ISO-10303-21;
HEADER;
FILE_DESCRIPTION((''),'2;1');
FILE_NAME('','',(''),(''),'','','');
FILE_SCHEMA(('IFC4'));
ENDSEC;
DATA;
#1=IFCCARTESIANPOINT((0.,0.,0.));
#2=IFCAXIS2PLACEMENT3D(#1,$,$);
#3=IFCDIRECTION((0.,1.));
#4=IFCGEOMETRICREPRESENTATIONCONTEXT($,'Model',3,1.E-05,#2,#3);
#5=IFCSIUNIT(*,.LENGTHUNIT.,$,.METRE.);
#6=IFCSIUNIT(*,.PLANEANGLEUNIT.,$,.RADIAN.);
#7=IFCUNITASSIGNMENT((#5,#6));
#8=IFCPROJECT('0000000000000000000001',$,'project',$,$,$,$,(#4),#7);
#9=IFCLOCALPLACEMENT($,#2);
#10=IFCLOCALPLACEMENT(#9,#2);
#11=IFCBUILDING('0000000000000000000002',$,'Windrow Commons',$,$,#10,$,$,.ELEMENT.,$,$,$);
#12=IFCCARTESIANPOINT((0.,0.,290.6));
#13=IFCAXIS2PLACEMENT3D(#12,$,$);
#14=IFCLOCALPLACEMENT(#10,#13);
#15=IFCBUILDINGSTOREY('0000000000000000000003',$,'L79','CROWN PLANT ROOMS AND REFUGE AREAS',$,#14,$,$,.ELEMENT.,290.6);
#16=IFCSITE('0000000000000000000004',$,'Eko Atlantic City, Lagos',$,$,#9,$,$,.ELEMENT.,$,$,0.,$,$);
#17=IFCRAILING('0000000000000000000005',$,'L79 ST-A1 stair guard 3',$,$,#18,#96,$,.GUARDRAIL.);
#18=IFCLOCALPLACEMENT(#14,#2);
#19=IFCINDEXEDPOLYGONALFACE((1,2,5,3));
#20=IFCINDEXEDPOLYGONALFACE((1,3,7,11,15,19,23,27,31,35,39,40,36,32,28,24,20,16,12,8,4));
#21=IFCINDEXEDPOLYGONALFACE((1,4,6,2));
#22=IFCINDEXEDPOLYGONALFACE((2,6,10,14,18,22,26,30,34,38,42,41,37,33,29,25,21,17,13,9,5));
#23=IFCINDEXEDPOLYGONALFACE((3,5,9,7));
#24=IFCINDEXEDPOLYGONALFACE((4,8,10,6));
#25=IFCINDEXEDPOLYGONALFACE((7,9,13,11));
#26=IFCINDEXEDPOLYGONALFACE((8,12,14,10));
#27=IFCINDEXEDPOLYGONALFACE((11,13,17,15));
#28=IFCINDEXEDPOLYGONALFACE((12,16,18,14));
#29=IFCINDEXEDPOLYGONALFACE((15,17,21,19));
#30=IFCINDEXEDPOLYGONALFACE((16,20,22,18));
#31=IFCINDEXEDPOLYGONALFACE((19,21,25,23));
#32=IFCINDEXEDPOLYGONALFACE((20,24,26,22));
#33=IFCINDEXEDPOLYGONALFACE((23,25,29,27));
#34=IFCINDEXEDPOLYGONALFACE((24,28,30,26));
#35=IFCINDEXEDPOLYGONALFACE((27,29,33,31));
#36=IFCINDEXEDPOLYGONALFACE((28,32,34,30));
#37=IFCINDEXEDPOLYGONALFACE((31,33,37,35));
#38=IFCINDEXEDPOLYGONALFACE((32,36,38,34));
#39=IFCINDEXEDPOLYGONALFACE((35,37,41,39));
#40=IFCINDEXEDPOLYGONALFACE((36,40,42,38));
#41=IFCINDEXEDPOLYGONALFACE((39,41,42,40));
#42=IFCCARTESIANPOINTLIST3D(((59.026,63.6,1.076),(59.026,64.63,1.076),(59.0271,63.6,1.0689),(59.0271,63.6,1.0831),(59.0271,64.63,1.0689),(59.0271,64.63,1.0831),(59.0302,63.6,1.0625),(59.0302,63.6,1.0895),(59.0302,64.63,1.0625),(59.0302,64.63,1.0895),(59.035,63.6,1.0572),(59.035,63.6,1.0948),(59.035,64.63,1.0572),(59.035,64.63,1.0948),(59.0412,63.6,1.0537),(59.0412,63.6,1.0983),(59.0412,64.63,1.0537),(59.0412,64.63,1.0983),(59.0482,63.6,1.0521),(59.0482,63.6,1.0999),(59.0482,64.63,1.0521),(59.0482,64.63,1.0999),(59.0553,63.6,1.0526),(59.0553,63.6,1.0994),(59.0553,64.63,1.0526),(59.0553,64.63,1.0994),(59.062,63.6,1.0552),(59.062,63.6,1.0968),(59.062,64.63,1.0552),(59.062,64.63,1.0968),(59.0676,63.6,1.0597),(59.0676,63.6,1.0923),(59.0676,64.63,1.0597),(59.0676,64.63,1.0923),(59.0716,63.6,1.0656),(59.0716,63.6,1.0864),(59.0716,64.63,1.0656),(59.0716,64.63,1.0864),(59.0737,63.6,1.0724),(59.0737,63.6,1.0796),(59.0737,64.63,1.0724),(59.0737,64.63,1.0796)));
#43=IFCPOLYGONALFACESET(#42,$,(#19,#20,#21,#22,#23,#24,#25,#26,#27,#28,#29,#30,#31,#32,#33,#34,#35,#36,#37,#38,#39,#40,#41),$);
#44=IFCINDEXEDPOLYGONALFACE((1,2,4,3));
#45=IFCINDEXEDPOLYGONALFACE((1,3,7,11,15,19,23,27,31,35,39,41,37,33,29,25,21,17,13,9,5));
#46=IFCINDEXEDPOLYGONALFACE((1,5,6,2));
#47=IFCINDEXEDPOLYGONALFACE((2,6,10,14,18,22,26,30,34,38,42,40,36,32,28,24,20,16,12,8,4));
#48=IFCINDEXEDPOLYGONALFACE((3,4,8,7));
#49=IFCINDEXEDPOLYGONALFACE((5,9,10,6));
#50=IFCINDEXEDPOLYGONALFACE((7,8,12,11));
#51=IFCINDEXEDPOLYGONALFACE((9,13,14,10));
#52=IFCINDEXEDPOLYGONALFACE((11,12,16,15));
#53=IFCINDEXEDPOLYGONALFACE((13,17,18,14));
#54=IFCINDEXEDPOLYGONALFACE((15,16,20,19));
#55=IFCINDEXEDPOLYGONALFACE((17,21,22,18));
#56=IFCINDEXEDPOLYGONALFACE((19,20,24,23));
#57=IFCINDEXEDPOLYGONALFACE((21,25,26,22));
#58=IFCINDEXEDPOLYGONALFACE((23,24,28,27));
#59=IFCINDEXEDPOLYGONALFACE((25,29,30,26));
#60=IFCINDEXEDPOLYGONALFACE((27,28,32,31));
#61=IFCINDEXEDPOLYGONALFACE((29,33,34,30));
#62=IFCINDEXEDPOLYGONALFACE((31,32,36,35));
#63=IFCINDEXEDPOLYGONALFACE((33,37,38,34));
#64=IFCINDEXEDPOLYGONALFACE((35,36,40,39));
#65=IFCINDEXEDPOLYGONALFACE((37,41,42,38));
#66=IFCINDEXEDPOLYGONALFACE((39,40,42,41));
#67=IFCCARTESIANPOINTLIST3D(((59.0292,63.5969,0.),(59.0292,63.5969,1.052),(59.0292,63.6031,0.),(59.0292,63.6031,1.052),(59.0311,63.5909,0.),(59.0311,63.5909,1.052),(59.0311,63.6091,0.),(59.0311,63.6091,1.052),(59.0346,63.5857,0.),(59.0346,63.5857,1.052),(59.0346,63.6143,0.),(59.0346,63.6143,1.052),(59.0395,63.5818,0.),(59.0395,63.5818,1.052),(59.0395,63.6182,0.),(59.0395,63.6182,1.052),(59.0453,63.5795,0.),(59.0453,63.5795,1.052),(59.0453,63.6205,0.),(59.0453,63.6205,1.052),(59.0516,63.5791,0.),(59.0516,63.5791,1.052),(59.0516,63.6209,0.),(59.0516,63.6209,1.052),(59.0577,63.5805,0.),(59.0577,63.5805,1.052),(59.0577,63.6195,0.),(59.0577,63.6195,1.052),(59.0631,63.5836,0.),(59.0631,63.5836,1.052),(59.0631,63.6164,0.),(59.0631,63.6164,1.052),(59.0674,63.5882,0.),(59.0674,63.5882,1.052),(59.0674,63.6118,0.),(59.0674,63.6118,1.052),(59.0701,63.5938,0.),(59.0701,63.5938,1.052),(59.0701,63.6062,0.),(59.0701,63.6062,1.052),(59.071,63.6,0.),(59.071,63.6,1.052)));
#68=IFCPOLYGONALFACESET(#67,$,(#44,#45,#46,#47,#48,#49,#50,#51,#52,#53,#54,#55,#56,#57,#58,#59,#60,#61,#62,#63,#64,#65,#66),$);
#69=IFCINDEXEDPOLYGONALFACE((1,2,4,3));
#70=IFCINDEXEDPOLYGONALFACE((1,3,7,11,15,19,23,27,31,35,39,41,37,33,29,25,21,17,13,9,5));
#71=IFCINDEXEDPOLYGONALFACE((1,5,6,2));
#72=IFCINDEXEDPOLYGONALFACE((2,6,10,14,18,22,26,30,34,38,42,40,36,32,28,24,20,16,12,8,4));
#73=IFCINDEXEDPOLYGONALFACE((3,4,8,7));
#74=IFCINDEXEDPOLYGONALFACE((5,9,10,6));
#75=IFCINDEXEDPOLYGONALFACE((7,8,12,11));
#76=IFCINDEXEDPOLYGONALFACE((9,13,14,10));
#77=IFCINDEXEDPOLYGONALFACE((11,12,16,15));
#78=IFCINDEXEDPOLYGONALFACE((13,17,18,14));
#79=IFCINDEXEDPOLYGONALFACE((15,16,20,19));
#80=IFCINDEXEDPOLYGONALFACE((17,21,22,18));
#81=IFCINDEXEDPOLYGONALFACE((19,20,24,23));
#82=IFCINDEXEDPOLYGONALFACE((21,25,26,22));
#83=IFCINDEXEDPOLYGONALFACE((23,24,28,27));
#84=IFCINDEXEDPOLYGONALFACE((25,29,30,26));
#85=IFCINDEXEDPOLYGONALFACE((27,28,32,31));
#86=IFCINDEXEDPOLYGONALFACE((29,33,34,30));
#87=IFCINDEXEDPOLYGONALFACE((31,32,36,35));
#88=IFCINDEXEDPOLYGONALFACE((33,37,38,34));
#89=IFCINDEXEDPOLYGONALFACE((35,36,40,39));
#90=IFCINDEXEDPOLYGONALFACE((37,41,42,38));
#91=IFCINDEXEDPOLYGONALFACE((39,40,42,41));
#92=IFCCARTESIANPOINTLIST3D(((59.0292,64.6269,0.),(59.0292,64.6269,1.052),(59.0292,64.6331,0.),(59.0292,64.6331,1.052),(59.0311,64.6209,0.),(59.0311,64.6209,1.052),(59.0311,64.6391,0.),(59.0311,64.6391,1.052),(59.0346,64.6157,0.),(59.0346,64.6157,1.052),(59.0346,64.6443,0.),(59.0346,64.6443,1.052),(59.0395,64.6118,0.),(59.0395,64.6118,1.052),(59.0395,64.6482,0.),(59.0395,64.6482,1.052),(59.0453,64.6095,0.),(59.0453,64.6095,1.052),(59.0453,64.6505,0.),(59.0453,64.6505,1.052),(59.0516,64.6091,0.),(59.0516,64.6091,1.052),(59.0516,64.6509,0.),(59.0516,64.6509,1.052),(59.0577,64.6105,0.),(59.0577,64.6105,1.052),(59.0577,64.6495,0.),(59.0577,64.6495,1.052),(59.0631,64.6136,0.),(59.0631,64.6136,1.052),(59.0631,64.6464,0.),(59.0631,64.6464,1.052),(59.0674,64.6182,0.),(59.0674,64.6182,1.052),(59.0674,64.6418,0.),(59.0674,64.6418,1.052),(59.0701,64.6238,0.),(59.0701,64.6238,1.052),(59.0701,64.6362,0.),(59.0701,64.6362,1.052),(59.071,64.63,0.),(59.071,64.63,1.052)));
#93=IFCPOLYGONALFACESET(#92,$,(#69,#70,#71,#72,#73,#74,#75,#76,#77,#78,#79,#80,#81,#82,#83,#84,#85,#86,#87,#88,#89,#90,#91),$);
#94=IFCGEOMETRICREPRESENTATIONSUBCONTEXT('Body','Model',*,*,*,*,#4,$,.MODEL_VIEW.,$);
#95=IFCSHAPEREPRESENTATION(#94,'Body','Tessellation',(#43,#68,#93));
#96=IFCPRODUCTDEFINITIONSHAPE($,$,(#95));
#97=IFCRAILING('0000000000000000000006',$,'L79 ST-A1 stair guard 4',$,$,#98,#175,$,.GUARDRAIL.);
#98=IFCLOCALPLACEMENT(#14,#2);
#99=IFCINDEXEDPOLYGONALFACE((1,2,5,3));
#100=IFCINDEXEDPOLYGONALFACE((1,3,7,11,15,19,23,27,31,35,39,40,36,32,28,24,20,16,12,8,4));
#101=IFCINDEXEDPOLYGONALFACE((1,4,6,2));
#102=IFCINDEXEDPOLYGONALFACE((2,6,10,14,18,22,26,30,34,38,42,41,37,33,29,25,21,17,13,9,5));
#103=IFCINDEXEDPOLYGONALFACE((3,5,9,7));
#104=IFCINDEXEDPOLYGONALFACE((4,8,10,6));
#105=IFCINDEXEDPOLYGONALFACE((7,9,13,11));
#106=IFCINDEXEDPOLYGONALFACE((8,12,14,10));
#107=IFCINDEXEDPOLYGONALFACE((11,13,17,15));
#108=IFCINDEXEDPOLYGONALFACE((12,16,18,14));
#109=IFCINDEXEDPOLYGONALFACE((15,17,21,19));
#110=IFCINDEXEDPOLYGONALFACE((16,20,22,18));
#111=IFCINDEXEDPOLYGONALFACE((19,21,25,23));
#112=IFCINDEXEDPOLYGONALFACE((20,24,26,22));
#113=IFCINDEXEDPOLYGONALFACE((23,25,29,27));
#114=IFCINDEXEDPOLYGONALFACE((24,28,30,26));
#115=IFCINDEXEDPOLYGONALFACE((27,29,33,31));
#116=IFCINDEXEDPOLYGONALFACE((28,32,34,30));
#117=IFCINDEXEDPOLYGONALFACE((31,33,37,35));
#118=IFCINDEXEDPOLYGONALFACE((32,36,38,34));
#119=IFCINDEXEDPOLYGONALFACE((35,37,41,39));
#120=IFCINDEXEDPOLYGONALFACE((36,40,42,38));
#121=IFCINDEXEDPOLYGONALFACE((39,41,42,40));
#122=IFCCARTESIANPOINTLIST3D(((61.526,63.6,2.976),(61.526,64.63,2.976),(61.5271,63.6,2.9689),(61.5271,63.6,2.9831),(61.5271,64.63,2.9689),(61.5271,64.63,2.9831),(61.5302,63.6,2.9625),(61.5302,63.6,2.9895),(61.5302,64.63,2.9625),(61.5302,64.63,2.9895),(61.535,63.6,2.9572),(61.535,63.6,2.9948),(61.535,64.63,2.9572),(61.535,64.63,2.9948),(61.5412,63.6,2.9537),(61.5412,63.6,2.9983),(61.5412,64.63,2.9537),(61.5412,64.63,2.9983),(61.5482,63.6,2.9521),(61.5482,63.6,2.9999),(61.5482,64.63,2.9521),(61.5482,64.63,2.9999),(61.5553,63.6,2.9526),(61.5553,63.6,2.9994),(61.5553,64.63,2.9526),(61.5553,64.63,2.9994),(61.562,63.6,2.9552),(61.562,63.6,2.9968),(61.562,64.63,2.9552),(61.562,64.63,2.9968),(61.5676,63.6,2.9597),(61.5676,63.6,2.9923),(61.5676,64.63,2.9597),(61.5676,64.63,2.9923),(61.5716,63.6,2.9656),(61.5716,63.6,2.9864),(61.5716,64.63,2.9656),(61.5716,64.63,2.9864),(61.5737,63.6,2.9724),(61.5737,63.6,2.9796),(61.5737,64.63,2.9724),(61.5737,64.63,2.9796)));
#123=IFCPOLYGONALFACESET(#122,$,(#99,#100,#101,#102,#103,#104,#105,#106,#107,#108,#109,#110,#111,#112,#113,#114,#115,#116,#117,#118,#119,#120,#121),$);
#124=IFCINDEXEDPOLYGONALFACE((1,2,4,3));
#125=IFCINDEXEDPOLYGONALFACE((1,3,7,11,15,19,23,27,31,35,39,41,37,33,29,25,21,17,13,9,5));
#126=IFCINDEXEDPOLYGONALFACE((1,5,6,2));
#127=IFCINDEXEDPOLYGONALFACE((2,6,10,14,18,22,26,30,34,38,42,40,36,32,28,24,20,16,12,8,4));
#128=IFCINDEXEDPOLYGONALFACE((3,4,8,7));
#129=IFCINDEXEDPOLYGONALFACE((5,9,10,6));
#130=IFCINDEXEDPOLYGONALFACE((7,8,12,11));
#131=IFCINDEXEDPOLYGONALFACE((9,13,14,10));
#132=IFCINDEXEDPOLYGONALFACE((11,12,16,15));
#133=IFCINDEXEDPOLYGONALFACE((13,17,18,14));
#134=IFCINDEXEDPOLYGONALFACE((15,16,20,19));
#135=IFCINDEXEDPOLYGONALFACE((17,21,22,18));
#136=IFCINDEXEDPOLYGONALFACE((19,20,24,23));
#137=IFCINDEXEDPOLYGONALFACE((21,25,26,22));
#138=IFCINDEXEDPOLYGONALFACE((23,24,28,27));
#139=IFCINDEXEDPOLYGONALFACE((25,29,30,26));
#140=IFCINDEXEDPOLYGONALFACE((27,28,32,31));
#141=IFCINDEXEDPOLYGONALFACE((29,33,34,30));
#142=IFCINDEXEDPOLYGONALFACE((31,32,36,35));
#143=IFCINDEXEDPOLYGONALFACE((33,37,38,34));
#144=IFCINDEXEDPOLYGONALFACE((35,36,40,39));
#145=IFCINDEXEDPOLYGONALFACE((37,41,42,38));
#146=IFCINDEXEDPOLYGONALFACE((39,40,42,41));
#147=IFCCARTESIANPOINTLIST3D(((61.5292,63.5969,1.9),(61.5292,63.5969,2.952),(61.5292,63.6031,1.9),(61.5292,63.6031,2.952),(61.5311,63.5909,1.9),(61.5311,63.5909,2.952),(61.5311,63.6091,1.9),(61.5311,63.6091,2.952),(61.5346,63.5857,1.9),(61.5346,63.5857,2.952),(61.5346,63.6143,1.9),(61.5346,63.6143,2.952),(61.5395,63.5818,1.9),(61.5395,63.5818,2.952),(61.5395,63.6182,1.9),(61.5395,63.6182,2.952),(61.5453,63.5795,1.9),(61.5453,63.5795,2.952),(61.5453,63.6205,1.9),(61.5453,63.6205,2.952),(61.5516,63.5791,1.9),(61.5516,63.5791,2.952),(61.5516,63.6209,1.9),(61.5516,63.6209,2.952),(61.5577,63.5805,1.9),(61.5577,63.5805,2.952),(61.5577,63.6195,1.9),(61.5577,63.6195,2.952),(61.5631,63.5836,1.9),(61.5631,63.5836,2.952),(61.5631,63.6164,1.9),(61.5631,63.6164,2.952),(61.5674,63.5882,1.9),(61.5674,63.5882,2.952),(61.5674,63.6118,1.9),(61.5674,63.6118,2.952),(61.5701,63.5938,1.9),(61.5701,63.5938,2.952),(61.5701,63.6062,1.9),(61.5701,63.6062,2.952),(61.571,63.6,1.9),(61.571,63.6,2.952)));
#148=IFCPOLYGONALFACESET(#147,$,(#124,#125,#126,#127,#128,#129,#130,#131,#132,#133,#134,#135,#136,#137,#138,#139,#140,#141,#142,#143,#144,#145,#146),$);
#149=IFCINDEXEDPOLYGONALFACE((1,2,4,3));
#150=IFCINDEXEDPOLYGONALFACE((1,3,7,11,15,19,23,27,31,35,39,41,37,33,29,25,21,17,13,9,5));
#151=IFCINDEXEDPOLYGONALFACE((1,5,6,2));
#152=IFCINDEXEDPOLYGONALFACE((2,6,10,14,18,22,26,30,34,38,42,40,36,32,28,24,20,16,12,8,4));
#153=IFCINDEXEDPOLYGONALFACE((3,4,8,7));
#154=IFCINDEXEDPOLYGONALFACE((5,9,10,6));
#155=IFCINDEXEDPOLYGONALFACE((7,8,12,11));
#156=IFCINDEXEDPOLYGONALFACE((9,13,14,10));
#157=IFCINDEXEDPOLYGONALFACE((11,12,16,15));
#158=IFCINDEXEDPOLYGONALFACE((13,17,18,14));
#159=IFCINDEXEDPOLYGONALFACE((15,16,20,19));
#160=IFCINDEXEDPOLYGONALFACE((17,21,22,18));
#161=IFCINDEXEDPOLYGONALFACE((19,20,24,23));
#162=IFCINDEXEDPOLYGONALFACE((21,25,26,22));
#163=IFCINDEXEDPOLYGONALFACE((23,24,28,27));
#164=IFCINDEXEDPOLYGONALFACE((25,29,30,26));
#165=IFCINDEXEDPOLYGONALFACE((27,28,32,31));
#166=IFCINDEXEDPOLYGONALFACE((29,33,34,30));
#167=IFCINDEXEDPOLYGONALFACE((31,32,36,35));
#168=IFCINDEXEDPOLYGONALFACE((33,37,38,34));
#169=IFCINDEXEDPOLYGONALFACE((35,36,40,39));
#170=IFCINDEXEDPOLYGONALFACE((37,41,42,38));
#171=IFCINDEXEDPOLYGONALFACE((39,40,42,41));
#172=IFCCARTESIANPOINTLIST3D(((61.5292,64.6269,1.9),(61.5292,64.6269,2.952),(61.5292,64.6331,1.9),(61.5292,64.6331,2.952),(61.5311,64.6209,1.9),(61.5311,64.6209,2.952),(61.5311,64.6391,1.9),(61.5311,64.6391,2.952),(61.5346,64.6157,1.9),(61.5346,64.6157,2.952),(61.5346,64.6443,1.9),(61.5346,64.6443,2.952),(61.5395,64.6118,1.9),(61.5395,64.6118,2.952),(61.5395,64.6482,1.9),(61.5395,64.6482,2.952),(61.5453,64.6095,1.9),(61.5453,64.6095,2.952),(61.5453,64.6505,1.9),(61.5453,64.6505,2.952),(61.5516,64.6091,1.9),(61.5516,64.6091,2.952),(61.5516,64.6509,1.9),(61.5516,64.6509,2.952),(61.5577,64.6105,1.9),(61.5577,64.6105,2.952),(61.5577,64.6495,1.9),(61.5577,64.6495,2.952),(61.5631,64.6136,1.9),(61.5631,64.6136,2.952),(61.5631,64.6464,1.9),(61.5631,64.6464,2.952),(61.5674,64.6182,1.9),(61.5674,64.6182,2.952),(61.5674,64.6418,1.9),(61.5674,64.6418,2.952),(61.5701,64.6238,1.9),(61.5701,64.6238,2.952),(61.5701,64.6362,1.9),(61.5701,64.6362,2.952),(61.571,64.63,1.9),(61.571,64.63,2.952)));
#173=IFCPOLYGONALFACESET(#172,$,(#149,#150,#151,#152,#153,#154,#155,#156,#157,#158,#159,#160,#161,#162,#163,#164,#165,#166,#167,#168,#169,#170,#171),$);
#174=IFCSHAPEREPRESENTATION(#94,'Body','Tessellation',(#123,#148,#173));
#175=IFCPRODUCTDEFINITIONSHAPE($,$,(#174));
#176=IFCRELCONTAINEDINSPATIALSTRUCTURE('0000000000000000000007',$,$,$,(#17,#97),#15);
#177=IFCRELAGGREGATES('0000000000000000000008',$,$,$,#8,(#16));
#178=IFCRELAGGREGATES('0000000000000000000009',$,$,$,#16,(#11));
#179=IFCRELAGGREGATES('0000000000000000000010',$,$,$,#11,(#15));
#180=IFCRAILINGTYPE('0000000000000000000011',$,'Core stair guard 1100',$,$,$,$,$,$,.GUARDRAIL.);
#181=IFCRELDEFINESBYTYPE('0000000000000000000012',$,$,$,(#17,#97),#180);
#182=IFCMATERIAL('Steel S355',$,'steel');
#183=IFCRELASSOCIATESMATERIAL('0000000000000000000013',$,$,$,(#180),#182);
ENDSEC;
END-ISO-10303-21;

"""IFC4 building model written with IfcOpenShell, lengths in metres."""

from ifc_helpers import new_model, si_unit, direction, frame, origin, origin_2d, place, context, subcontext, project, spatial, circle, extrude, material, type_object, element, save


model = new_model("IFC4")

# Units and contexts
model_context = context("Model", 3, precision=1e-05, world=origin(), true_north=direction((0.0, 1.0)))
body_context = subcontext(model_context, "Body", "Model", "MODEL_VIEW")
ifc_project = project(units=[si_unit("LENGTHUNIT", "METRE"), si_unit("PLANEANGLEUNIT", "RADIAN")], contexts=[model_context])

# Site, building, storey
site_placement = place(None, origin())
site = spatial("IfcSite", under=ifc_project, at=site_placement, Name="Eko Atlantic City, Lagos", CompositionType="ELEMENT", RefElevation=0.0)
building_placement = place(site_placement, origin())
building = spatial("IfcBuilding", under=site, at=building_placement, Name="Windrow Commons", CompositionType="ELEMENT")
storey_placement = place(building_placement, frame((0.0, 0.0, 290.6)))
storey = spatial("IfcBuildingStorey", under=building, at=storey_placement, Name="L79", Description="CROWN PLANT ROOMS AND REFUGE AREAS", CompositionType="ELEMENT", Elevation=290.6)

# Railings
ifc_material_1 = material(Name="Steel S355", Category="steel")
railing_type_1 = type_object("IfcRailingType", Name="Core stair guard 1100", PredefinedType="GUARDRAIL", material=ifc_material_1)
for number, where, name in (
    (1, (59.05, 63.6, 0.0), "L79 ST-A1 stair guard 3"),
    (2, (61.55, 63.6, 1.9), "L79 ST-A1 stair guard 4"),
):
    element("IfcRailing", number, at=place(storey_placement, frame(where)), inside=storey, type_object=railing_type_1, Name=name, PredefinedType="GUARDRAIL", context=body_context, shape_type="SweptSolid", body=[
        extrude(circle(Radius=0.024, at=origin_2d()), frame((0.0, 0.0, 1.076), z_axis=(0.0, 1.0, 0.0), x_axis=(-1.0, 0.0, 0.0)), (0.0, 0.0, 1.0), 1.03),
        extrude(circle(Radius=0.021, at=origin_2d()), origin(), (0.0, 0.0, 1.0), 1.052),
        extrude(circle(Radius=0.021, at=origin_2d()), frame((0.0, 1.03, 0.0)), (0.0, 0.0, 1.0), 1.052),
    ])

save(model, "model.ifc")
